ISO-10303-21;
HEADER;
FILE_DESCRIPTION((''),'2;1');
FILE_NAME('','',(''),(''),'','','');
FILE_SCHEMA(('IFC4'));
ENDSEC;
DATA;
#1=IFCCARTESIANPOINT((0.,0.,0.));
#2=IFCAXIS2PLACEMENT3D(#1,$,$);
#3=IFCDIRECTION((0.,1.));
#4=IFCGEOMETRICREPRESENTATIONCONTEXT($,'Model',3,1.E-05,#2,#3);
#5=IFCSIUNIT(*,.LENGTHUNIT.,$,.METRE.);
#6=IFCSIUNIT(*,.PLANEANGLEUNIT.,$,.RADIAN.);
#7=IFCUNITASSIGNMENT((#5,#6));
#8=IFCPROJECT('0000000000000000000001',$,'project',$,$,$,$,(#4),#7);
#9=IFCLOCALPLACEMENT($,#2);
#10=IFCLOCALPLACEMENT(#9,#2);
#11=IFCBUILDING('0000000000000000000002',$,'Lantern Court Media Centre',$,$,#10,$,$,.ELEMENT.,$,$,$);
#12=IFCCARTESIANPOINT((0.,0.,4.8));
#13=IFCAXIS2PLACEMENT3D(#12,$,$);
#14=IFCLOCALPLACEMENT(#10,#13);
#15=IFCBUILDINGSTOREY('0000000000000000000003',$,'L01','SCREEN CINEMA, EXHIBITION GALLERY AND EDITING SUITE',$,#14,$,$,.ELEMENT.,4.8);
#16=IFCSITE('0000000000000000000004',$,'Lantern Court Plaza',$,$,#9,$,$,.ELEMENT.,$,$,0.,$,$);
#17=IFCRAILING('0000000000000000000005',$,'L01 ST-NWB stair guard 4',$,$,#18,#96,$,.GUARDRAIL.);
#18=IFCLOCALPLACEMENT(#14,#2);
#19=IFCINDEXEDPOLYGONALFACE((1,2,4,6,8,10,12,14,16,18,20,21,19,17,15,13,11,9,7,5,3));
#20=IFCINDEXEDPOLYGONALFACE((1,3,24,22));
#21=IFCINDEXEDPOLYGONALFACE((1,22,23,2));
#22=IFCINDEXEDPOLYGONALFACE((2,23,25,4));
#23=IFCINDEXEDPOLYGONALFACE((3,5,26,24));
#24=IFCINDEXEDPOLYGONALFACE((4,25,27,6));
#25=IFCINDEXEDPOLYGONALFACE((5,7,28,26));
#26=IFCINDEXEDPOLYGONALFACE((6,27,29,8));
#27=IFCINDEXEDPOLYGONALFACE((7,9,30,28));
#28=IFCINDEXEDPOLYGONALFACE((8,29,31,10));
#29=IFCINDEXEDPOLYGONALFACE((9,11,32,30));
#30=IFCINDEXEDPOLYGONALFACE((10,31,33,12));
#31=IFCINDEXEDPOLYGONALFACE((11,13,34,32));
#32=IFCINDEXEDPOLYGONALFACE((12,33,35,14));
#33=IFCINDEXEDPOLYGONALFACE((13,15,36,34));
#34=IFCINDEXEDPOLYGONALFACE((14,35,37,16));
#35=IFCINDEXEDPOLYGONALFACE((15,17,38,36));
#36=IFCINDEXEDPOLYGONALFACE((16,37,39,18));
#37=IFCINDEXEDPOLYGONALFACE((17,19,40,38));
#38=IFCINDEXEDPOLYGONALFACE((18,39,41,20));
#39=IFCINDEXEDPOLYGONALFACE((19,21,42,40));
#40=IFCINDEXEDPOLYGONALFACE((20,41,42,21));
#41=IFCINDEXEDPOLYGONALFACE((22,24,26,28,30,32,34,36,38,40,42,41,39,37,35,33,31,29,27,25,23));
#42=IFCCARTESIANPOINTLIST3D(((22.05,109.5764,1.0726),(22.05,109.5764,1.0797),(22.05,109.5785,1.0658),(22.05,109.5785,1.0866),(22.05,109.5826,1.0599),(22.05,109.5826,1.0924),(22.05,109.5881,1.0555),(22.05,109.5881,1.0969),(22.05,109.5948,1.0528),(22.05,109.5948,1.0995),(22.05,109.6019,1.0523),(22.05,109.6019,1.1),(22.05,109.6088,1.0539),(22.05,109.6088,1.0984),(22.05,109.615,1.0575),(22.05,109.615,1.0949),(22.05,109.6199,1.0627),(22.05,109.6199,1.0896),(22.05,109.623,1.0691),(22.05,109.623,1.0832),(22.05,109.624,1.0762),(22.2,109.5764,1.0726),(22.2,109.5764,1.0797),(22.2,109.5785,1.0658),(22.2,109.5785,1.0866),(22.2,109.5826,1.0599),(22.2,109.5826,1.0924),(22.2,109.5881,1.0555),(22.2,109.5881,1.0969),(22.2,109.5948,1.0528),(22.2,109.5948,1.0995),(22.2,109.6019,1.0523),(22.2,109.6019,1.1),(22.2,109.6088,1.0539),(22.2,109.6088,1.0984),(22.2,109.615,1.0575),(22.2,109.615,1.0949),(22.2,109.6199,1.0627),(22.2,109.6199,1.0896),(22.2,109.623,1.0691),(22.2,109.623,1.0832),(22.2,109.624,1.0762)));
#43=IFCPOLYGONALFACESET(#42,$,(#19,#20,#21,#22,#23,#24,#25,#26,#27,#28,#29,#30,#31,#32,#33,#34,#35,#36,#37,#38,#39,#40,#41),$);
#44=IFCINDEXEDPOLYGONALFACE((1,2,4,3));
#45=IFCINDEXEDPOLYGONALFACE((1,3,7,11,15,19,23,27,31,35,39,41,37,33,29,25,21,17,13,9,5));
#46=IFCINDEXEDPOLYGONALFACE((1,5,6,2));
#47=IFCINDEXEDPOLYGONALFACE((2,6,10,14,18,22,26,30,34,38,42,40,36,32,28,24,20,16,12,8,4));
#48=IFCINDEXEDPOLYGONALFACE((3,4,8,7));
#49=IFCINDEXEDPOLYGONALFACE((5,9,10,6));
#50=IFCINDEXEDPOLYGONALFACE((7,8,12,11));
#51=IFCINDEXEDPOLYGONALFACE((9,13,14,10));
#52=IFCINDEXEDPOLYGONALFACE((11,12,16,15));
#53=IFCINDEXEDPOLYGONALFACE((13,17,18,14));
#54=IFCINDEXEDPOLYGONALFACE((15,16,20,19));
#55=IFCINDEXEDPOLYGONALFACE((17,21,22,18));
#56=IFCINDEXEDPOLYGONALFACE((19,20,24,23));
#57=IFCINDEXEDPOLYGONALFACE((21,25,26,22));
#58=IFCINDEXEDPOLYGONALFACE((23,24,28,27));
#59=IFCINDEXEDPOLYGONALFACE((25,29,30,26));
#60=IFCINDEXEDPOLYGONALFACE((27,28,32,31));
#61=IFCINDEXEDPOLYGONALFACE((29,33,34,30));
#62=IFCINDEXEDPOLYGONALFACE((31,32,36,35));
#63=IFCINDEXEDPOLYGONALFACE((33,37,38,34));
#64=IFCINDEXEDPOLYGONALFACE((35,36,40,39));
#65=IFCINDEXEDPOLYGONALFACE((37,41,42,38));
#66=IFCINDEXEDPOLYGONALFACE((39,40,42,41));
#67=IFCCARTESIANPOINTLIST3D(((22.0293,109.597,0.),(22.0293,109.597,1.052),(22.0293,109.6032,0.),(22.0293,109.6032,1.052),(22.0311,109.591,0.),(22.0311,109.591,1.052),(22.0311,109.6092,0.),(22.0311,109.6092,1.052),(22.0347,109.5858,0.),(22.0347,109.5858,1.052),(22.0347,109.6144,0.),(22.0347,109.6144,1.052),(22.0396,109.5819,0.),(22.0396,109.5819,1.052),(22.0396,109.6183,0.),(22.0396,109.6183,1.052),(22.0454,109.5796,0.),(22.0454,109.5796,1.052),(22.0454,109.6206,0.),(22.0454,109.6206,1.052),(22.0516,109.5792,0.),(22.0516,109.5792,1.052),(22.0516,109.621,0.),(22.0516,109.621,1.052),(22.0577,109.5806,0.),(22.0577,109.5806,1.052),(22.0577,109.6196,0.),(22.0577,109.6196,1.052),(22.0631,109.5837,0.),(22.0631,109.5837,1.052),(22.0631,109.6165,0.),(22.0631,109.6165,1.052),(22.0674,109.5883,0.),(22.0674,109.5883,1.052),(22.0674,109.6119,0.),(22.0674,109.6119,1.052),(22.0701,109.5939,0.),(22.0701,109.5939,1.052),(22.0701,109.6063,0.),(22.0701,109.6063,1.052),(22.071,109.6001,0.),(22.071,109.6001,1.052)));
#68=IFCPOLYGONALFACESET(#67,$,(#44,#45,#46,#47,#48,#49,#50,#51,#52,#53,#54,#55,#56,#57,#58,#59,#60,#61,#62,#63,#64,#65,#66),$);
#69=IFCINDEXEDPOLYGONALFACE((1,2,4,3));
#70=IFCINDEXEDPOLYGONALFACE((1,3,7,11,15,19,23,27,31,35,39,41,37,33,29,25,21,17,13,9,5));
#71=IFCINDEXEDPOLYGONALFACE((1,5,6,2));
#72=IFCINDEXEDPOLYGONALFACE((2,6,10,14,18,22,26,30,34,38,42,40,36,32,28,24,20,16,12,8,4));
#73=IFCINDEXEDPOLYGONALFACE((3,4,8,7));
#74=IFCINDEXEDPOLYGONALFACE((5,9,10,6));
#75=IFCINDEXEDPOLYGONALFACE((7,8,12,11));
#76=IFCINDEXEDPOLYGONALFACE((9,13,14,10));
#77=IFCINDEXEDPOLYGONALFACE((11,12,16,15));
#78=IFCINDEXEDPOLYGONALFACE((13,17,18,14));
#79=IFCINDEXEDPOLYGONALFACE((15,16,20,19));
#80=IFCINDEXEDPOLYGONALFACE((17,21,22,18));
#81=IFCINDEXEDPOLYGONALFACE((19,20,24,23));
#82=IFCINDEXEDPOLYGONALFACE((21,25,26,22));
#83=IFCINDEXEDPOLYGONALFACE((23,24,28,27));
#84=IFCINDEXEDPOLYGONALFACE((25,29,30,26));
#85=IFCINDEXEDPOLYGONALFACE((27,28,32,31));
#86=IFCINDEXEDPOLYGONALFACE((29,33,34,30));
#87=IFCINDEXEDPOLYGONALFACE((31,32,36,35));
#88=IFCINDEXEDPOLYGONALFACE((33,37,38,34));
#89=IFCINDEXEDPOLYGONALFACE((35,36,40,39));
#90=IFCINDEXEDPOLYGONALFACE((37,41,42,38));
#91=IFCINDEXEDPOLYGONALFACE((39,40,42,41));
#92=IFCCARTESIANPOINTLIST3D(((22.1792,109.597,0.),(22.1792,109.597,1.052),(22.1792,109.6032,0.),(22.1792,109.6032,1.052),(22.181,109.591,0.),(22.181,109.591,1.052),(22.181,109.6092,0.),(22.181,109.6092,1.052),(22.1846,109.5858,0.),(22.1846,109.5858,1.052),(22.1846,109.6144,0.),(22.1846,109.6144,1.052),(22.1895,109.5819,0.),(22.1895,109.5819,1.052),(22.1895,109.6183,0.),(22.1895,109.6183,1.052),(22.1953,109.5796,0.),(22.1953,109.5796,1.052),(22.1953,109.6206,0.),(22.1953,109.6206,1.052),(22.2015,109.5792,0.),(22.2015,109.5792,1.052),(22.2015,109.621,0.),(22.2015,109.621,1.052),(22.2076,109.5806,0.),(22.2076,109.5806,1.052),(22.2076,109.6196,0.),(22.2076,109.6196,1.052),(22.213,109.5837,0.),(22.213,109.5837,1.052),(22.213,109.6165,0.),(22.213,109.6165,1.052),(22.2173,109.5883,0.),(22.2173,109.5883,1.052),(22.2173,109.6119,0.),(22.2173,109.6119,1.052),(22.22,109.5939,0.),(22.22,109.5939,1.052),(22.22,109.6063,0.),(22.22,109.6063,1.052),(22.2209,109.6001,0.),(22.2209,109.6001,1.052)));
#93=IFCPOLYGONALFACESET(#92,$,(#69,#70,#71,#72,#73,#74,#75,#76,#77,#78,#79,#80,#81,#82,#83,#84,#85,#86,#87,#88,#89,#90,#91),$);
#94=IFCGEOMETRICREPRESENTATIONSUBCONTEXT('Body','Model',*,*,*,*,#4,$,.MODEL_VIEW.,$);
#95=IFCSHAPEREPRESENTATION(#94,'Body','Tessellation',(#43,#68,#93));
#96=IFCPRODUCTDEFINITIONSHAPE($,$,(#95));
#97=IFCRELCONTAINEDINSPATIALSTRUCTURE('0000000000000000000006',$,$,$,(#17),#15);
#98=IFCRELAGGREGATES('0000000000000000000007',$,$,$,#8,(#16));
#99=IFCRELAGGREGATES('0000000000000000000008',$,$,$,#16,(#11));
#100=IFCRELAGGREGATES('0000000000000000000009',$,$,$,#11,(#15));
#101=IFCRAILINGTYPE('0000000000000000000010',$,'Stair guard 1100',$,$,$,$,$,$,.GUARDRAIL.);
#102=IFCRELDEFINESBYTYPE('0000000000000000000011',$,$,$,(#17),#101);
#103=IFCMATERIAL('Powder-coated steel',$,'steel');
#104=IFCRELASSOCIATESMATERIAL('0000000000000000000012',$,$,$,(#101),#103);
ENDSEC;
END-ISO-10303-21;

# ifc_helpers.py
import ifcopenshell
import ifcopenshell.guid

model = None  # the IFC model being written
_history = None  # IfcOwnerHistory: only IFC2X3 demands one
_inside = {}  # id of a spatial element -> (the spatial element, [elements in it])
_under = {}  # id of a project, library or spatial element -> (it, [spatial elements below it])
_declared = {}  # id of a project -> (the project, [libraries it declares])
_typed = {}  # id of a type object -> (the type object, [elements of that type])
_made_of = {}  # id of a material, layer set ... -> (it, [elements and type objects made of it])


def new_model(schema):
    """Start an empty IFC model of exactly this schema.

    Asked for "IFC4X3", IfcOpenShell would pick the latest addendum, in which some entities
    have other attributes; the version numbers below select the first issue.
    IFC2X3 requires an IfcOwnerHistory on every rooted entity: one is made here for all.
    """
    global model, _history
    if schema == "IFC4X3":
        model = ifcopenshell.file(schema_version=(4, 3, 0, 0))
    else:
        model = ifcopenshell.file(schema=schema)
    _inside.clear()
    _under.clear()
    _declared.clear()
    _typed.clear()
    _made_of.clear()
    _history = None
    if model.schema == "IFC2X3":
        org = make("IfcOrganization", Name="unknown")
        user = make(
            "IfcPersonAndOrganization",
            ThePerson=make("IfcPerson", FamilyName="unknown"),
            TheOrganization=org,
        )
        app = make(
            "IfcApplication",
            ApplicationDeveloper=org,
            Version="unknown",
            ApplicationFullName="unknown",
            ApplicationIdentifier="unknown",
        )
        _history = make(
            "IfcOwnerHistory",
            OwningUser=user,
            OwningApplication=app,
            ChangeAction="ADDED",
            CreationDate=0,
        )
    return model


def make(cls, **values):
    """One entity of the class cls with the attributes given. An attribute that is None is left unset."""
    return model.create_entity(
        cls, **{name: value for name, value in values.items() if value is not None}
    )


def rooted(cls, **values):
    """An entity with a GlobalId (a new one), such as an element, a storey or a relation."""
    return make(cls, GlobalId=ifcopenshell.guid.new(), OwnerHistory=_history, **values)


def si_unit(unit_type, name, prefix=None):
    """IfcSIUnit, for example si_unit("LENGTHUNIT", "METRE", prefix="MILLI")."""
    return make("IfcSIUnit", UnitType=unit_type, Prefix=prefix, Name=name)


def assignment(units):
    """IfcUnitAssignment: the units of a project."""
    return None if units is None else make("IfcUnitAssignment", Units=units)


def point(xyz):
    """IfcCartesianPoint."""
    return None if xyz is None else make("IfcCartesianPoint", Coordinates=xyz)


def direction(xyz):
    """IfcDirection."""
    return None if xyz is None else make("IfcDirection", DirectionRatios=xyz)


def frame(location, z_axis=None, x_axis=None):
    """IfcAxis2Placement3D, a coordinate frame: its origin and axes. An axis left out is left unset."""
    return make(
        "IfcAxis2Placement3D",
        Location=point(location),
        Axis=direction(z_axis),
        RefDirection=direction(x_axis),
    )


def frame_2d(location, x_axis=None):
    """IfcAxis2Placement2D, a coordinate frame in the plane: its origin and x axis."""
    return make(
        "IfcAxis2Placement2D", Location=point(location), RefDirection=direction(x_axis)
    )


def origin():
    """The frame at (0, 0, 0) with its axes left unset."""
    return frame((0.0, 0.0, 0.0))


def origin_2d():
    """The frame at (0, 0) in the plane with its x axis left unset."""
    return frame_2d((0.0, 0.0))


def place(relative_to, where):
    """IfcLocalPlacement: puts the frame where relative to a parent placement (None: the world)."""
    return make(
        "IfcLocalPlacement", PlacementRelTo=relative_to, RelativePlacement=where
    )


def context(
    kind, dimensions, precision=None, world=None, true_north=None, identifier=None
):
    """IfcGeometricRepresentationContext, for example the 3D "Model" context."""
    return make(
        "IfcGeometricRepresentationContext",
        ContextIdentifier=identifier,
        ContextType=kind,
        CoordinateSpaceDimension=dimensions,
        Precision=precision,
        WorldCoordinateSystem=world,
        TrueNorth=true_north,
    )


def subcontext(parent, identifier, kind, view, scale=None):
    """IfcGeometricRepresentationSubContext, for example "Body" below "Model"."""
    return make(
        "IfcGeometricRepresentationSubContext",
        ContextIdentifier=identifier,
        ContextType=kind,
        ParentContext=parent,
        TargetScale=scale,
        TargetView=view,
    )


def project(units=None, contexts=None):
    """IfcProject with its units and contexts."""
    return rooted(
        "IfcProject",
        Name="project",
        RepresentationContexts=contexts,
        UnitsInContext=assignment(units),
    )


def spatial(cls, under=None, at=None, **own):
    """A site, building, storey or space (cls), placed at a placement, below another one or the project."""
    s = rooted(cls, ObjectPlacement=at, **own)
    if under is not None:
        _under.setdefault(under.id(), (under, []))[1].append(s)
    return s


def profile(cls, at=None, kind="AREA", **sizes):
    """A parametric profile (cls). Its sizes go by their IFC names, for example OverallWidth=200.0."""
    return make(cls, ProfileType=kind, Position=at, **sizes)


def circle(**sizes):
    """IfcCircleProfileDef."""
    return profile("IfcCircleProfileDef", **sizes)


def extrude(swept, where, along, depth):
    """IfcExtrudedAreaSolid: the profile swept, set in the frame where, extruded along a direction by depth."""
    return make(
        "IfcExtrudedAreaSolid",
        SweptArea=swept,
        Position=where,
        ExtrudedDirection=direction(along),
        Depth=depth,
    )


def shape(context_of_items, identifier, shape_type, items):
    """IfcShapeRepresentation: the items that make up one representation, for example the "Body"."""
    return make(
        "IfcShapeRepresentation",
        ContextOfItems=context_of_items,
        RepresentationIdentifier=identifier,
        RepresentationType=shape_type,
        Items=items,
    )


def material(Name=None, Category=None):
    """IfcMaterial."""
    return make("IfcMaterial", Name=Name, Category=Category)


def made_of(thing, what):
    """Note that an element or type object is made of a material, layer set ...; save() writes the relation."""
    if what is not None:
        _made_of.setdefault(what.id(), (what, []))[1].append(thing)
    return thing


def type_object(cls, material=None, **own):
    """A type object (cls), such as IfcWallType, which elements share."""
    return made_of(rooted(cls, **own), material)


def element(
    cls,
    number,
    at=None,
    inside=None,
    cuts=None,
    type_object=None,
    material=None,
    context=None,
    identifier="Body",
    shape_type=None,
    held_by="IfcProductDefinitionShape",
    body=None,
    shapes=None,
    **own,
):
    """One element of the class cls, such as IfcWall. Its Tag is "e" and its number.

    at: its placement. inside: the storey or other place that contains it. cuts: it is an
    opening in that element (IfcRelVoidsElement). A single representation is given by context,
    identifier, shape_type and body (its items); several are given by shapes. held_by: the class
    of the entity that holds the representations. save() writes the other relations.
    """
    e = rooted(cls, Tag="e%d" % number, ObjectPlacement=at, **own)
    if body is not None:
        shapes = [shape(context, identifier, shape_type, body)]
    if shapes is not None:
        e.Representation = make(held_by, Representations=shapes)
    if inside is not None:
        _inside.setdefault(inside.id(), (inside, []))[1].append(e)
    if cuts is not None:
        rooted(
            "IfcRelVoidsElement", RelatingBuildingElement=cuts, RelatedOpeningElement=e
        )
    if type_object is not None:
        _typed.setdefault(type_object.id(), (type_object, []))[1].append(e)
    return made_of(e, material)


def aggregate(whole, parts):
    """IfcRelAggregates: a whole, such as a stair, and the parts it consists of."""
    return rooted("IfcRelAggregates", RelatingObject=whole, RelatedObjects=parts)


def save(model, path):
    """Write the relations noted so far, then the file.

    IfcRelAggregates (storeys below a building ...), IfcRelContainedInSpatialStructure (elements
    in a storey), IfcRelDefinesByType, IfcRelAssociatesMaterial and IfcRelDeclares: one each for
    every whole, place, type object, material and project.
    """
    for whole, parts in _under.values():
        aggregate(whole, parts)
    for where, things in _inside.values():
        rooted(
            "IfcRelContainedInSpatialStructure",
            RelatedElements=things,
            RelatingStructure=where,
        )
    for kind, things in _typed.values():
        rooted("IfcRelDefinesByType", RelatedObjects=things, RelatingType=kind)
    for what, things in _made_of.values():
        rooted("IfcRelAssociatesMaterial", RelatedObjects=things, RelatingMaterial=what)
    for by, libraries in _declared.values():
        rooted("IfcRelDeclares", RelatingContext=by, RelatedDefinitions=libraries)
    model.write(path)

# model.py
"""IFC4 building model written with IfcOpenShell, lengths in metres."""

from ifc_helpers import new_model, si_unit, direction, frame, origin, origin_2d, place, context, subcontext, project, spatial, circle, extrude, material, type_object, element, save


model = new_model("IFC4")

# Units and contexts
model_context = context("Model", 3, precision=1e-05, world=origin(), true_north=direction((0.0, 1.0)))
body_context = subcontext(model_context, "Body", "Model", "MODEL_VIEW")
ifc_project = project(units=[si_unit("LENGTHUNIT", "METRE"), si_unit("PLANEANGLEUNIT", "RADIAN")], contexts=[model_context])

# Site, building, storey
site_placement = place(None, origin())
site = spatial("IfcSite", under=ifc_project, at=site_placement, Name="Lantern Court Plaza", CompositionType="ELEMENT", RefElevation=0.0)
building_placement = place(site_placement, origin())
building = spatial("IfcBuilding", under=site, at=building_placement, Name="Lantern Court Media Centre", CompositionType="ELEMENT")
storey_placement = place(building_placement, frame((0.0, 0.0, 4.8)))
storey = spatial("IfcBuildingStorey", under=building, at=storey_placement, Name="L01", Description="SCREEN CINEMA, EXHIBITION GALLERY AND EDITING SUITE", CompositionType="ELEMENT", Elevation=4.8)

# Shared definitions
ifc_material_1 = material(Name="Powder-coated steel", Category="steel")

# Railing
railing_type_1 = type_object("IfcRailingType", Name="Stair guard 1100", PredefinedType="GUARDRAIL", material=ifc_material_1)
railing_1_placement = place(storey_placement, frame((22.05, 109.6001, 0.0)))
element("IfcRailing", 1, at=railing_1_placement, inside=storey, type_object=railing_type_1, Name="L01 ST-NWB stair guard 4", PredefinedType="GUARDRAIL", context=body_context, shape_type="SweptSolid", body=[
    extrude(circle(Radius=0.0239, at=origin_2d()), frame((0.0, 0.0, 1.0762), z_axis=(1.0, 0.0, 0.0), x_axis=(0.0, 1.0, 0.0)), (0.0, 0.0, 1.0), 0.1499),
    extrude(circle(Radius=0.021, at=origin_2d()), origin(), (0.0, 0.0, 1.0), 1.052),
    extrude(circle(Radius=0.021, at=origin_2d()), frame((0.1499, 0.0, 0.0)), (0.0, 0.0, 1.0), 1.052),
])

save(model, "model.ifc")
